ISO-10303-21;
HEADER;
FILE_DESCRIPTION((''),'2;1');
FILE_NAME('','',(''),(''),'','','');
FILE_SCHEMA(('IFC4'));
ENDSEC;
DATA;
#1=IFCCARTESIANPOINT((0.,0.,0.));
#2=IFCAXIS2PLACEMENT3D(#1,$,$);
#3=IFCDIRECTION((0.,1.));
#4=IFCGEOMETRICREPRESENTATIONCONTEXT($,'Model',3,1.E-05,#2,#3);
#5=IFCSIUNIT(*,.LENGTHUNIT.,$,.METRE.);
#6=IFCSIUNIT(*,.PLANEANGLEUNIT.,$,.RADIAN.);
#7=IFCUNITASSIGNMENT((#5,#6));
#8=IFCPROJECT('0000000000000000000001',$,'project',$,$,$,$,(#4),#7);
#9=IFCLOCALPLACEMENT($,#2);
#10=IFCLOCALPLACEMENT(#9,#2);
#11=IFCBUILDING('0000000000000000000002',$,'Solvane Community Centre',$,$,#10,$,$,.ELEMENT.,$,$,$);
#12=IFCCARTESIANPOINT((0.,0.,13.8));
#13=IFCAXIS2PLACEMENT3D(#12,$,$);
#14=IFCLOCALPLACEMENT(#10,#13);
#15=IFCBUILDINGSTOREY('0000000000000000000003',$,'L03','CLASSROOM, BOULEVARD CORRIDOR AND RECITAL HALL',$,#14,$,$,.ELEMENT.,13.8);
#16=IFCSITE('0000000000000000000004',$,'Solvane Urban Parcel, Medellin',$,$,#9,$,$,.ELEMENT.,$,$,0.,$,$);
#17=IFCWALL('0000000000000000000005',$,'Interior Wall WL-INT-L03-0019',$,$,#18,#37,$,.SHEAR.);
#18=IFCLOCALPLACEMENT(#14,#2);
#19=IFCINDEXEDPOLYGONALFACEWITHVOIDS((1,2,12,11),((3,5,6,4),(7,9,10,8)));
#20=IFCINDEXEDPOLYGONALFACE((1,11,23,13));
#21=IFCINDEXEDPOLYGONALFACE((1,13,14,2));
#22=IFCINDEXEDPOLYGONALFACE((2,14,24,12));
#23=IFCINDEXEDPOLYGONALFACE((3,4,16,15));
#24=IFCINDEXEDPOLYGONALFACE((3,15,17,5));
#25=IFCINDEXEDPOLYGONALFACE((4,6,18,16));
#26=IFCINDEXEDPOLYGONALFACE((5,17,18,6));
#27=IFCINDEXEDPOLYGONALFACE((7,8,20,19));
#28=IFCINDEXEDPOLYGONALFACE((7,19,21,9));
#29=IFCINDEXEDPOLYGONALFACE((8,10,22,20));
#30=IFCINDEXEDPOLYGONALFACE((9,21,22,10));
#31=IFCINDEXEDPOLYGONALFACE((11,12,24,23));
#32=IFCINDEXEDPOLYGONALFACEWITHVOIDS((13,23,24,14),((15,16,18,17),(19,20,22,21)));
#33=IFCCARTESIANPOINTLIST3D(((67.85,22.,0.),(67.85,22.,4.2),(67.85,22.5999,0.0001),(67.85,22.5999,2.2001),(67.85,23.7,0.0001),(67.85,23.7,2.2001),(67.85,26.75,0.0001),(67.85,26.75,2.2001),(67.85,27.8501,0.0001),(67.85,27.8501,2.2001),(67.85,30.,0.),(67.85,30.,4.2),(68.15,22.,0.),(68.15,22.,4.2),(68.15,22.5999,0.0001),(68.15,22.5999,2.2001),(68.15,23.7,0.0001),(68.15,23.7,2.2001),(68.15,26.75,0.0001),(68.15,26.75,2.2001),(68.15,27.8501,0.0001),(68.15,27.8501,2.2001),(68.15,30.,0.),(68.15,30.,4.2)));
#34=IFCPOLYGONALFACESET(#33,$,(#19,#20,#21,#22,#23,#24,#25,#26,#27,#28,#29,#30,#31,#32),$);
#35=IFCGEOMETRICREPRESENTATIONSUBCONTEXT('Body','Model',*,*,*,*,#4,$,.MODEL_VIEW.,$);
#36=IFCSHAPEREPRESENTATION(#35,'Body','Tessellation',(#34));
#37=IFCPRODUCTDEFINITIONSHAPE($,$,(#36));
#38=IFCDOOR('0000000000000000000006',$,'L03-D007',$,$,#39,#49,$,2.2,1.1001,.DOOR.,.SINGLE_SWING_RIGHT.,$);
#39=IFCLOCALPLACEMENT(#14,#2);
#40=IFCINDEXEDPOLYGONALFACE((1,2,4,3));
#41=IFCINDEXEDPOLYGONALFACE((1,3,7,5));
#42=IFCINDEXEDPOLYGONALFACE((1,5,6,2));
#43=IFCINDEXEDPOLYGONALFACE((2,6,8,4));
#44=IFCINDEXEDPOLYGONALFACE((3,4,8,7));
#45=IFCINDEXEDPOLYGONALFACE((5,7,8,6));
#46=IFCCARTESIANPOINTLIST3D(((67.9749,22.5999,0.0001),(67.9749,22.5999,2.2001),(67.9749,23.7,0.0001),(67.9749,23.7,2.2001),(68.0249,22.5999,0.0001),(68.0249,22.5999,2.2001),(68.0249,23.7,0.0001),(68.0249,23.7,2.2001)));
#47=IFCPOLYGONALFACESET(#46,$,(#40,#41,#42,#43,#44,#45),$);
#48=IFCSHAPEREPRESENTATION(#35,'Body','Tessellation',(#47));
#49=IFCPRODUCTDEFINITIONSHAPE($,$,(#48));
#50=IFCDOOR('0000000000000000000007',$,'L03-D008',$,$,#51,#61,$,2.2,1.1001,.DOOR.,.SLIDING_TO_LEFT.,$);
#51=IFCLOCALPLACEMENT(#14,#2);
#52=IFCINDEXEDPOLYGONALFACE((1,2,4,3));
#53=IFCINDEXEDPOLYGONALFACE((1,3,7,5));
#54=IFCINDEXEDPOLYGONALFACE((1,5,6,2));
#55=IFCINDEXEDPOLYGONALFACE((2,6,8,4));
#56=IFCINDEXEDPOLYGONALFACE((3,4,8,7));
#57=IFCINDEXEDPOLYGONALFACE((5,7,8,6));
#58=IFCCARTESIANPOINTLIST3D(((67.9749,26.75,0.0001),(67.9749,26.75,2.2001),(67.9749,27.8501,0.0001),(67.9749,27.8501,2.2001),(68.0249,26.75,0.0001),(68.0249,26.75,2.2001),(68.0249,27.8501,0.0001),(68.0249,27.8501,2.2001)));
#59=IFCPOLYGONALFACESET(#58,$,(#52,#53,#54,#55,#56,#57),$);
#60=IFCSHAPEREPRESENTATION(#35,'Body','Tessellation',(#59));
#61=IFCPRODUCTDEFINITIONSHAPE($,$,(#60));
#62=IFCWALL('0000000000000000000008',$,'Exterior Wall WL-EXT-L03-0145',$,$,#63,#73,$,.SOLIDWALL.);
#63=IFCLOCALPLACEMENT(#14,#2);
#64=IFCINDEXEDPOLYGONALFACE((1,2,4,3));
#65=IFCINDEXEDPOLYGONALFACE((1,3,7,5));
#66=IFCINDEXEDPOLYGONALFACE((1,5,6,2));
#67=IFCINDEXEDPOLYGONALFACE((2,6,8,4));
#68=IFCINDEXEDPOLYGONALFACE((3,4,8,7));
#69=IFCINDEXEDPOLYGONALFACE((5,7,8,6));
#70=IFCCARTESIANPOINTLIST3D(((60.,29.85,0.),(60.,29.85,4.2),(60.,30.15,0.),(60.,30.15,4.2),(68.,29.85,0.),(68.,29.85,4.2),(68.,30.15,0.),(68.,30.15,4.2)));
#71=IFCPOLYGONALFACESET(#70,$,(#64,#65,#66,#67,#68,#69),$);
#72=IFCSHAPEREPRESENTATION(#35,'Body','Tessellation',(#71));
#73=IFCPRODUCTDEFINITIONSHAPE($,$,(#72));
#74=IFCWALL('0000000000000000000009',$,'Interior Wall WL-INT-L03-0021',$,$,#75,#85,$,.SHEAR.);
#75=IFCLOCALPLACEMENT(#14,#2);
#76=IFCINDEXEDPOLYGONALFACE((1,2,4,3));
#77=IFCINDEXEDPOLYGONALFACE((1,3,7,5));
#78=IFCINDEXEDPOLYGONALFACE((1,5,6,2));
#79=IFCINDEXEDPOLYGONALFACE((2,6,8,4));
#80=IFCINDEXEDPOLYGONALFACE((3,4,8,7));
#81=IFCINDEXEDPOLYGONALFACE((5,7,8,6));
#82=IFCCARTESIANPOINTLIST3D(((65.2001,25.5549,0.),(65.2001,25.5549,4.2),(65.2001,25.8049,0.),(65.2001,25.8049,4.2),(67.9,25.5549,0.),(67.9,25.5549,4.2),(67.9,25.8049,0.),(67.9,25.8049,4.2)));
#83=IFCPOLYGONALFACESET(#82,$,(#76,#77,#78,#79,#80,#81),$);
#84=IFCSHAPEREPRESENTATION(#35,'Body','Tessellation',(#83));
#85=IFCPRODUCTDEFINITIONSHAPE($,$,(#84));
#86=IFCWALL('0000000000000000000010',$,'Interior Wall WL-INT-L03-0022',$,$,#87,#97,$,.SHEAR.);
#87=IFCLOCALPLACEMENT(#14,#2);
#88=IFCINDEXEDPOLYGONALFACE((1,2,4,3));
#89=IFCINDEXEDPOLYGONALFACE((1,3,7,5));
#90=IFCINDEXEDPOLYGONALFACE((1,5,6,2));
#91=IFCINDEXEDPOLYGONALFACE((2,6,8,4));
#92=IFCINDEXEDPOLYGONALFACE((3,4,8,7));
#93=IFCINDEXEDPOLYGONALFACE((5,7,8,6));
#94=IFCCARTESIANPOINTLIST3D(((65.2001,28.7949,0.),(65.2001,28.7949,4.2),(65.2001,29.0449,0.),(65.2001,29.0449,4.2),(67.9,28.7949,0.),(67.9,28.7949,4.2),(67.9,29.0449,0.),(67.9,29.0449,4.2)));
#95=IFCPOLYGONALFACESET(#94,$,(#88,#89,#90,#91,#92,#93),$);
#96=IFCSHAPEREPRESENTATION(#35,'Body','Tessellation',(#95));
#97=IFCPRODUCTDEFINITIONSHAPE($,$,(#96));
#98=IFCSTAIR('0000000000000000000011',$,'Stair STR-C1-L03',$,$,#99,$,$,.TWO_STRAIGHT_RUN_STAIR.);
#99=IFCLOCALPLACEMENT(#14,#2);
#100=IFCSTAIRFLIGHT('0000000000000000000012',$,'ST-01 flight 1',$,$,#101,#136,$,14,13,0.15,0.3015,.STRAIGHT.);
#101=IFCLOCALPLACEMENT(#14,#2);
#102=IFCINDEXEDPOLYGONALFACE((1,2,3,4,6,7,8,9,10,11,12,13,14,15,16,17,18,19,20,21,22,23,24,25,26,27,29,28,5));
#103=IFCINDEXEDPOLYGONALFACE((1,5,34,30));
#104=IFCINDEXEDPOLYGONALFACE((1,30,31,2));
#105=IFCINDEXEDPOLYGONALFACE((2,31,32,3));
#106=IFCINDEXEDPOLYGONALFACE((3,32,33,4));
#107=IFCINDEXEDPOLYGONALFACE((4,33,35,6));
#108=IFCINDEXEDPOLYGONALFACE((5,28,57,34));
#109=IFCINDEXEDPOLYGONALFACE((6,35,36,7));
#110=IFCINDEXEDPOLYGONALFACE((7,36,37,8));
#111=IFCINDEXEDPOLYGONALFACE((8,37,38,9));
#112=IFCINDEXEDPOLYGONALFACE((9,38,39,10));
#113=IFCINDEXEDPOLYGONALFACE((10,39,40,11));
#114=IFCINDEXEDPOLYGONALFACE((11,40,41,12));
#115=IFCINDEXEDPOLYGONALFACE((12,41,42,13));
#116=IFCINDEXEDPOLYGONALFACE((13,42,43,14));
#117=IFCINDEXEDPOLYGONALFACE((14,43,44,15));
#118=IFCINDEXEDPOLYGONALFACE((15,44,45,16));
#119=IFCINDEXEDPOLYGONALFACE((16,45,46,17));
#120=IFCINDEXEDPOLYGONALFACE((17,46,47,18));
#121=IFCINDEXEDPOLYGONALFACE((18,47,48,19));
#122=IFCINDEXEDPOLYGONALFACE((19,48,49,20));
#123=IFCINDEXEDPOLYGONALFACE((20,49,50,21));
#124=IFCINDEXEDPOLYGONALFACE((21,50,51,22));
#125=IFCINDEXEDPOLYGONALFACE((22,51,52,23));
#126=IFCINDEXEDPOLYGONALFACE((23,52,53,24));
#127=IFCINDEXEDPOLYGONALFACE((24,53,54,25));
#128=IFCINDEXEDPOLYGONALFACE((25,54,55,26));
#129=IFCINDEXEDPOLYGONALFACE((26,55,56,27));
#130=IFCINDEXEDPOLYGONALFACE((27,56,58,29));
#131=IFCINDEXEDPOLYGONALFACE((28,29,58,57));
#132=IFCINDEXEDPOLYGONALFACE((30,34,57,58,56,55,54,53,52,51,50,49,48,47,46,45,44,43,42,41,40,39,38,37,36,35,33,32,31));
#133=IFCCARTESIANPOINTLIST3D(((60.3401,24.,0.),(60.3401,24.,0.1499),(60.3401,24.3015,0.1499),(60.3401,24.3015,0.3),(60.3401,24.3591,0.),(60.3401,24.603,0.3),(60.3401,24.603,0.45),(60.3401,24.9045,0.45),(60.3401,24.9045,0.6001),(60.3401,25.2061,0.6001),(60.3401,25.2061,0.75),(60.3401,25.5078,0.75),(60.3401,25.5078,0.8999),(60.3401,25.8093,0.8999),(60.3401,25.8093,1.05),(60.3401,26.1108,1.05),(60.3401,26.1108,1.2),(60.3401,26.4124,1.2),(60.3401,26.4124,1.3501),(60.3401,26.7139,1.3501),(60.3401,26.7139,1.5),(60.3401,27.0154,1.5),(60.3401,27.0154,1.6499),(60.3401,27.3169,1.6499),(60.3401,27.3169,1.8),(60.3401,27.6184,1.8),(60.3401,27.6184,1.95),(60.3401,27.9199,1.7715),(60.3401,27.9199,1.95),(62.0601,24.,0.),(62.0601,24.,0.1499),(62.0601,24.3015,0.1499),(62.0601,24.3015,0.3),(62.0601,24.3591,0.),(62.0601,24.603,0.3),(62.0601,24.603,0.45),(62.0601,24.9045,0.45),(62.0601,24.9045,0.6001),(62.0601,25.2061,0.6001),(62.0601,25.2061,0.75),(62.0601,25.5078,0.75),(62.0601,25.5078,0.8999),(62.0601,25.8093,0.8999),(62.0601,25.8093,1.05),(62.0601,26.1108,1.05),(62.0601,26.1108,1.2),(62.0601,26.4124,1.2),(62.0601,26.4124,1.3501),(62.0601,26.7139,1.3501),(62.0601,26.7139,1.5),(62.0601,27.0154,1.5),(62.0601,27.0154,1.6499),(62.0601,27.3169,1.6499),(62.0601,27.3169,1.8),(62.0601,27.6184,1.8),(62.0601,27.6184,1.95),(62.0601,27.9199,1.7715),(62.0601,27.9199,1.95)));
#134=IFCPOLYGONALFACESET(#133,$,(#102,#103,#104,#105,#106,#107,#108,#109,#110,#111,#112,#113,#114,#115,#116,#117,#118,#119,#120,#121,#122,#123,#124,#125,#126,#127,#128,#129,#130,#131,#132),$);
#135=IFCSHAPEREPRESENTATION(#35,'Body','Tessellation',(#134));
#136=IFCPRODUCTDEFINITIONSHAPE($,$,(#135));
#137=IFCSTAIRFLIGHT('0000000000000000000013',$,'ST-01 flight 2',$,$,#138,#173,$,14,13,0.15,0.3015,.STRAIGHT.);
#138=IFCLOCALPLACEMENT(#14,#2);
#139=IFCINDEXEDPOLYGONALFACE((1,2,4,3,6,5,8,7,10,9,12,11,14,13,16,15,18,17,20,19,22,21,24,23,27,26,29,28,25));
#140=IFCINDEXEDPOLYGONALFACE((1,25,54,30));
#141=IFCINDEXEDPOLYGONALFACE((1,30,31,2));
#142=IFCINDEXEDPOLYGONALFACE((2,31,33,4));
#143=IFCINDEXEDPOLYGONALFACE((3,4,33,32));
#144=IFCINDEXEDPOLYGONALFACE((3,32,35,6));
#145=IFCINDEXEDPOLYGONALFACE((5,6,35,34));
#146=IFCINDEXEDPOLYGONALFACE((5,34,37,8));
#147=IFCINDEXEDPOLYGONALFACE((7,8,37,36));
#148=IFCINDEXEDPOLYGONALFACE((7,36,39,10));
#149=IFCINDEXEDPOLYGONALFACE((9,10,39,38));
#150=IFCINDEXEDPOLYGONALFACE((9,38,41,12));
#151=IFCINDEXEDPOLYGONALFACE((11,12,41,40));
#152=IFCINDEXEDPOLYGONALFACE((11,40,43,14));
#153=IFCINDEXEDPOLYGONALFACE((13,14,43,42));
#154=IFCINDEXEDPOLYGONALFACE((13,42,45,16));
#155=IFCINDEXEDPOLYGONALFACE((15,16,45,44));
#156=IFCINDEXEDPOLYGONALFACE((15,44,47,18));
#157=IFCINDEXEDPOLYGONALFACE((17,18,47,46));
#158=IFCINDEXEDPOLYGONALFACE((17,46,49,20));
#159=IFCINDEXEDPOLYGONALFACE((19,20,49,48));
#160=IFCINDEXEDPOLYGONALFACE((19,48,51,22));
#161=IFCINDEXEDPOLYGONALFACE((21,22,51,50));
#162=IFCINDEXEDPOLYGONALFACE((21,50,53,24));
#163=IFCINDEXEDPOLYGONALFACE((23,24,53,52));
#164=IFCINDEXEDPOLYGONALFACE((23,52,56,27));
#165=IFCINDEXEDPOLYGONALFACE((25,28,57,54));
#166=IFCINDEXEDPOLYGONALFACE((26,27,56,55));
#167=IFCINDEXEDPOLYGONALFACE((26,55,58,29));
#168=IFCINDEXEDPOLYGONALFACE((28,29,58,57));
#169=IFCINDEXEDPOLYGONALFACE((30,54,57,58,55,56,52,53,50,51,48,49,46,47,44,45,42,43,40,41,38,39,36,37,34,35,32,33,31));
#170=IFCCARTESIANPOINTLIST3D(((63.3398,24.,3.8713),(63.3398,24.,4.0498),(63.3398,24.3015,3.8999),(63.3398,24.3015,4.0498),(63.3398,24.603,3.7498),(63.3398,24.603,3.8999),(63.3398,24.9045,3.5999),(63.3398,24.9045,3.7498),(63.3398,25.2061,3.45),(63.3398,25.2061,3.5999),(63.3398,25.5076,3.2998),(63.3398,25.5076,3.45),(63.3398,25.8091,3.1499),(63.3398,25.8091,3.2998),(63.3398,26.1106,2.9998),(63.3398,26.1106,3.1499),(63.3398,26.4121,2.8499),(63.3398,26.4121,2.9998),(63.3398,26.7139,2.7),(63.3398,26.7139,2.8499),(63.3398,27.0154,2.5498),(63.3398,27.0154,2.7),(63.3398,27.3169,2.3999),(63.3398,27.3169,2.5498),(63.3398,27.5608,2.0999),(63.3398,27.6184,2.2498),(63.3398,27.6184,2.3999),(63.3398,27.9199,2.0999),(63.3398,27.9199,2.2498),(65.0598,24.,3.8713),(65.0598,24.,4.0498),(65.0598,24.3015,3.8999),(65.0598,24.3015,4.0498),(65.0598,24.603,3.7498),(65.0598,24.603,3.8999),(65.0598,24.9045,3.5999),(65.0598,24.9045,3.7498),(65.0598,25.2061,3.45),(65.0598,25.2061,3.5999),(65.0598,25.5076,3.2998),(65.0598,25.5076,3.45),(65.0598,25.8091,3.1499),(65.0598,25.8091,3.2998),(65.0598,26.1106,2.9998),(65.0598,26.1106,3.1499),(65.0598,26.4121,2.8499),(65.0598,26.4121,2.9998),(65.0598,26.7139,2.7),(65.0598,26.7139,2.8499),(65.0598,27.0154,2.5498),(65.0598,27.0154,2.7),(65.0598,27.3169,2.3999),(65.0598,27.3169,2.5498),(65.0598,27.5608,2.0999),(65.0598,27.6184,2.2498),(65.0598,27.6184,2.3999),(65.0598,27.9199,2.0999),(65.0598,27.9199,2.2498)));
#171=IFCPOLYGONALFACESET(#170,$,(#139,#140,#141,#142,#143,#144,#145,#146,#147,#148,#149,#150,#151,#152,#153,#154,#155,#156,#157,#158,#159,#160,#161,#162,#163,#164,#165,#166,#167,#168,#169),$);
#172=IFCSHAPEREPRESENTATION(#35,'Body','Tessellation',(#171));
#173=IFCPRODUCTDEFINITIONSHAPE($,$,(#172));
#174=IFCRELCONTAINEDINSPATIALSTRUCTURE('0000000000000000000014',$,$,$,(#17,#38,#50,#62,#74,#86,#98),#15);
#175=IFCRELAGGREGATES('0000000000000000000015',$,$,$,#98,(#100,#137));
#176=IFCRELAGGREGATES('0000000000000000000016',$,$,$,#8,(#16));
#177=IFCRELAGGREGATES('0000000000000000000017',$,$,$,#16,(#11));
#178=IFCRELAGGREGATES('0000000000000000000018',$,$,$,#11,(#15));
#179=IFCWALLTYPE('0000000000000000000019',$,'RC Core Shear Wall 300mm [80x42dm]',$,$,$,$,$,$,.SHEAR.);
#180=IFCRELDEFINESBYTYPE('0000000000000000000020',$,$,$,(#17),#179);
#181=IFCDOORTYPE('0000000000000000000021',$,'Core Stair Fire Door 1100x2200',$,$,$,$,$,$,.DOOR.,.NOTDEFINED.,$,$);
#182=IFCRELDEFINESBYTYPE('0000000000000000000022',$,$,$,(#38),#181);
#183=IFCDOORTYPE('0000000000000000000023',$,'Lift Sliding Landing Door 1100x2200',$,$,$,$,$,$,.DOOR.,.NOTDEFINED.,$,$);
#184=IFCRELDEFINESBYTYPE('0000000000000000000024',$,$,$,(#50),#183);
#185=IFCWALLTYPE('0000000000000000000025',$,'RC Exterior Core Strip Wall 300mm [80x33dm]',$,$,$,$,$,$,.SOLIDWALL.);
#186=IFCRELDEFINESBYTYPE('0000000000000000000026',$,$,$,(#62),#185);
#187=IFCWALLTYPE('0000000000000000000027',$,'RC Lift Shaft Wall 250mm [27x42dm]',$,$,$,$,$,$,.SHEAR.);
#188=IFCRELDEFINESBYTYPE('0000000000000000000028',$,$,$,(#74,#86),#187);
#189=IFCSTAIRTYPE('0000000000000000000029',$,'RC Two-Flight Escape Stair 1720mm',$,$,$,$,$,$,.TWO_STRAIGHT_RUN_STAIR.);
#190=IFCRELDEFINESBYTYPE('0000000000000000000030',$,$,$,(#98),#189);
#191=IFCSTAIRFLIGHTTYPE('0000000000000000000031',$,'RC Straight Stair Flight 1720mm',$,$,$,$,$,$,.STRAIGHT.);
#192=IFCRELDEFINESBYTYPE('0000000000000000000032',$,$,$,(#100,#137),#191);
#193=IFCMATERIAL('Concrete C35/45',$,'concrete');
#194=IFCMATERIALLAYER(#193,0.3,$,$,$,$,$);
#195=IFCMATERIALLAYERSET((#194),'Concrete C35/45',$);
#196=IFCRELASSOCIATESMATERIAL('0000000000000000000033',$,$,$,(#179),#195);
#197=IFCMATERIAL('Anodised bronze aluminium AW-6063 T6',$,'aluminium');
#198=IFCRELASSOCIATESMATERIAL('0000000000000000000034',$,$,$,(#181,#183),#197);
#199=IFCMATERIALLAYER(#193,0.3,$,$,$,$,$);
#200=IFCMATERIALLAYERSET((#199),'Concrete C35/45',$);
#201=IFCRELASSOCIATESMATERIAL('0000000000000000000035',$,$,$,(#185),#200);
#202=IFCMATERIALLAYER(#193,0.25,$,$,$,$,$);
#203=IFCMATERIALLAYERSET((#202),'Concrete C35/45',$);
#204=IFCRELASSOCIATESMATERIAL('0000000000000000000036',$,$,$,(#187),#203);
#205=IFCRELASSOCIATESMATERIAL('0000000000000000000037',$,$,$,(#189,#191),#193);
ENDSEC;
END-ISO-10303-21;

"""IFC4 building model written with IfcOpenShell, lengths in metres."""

from ifc_helpers import new_model, si_unit, direction, frame, frame_2d, origin, place, context, subcontext, project, spatial, polyline, rectangle, outline, extrude, material, layer, layer_set, type_object, element, fill, aggregate, save


model = new_model("IFC4")

# Units and contexts
model_context = context("Model", 3, precision=1e-05, world=origin(), true_north=direction((0.0, 1.0)))
body_context = subcontext(model_context, "Body", "Model", "MODEL_VIEW")
ifc_project = project(units=[si_unit("LENGTHUNIT", "METRE"), si_unit("PLANEANGLEUNIT", "RADIAN")], contexts=[model_context])

# Site, building, storey
site_placement = place(None, origin())
site = spatial("IfcSite", under=ifc_project, at=site_placement, Name="Solvane Urban Parcel, Medellin", CompositionType="ELEMENT", RefElevation=0.0)
building_placement = place(site_placement, origin())
building = spatial("IfcBuilding", under=site, at=building_placement, Name="Solvane Community Centre", CompositionType="ELEMENT")
storey_placement = place(building_placement, frame((0.0, 0.0, 13.8)))
storey = spatial("IfcBuildingStorey", under=building, at=storey_placement, Name="L03", Description="CLASSROOM, BOULEVARD CORRIDOR AND RECITAL HALL", CompositionType="ELEMENT", Elevation=13.8)

# Shared definitions
ifc_material_1 = material(Name="Anodised bronze aluminium AW-6063 T6", Category="aluminium")

# Wall, openings, doors
ifc_material_2 = material(Name="Concrete C35/45", Category="concrete")
ifc_layer_1 = layer(ifc_material_2, 0.3)
ifc_layer_set_1 = layer_set([ifc_layer_1], Name="Concrete C35/45")
wall_type_1 = type_object("IfcWallType", Name="RC Core Shear Wall 300mm [80x42dm]", PredefinedType="SHEAR", material=ifc_layer_set_1)
wall_1_placement = place(storey_placement, frame((68.0, 30.0, 0.0), z_axis=(0.0, 0.0, 1.0), x_axis=(0.0, -1.0, 0.0)))
wall_1 = element("IfcWall", 1, at=wall_1_placement, inside=storey, type_object=wall_type_1, Name="Interior Wall WL-INT-L03-0019", PredefinedType="SHEAR", context=body_context, shape_type="SweptSolid", body=[
    extrude(rectangle(XDim=8.0, YDim=0.3, at=frame_2d((4.0, 0.0))), origin(), (0.0, 0.0, 1.0), 4.2),
])
opening_1_placement = place(wall_1_placement, frame((6.3, 0.0, 0.0)))
opening_1 = element("IfcOpeningElement", 2, at=opening_1_placement, cuts=wall_1, PredefinedType="OPENING", context=body_context, shape_type="SweptSolid", body=[
    extrude(rectangle(XDim=1.1001, YDim=2.2, at=frame_2d((0.55, 1.1001))), frame((0.0, 0.1599, 0.0), z_axis=(0.0, -1.0, 0.0), x_axis=(1.0, 0.0, 0.0)), (0.0, 0.0, 1.0), 0.3201),
])
opening_2_placement = place(wall_1_placement, frame((2.1499, 0.0, 0.0)))
opening_2 = element("IfcOpeningElement", 3, at=opening_2_placement, cuts=wall_1, PredefinedType="OPENING", context=body_context, shape_type="SweptSolid", body=[
    extrude(rectangle(XDim=1.1001, YDim=2.2, at=frame_2d((0.55, 1.1001))), frame((0.0, 0.1599, 0.0), z_axis=(0.0, -1.0, 0.0), x_axis=(1.0, 0.0, 0.0)), (0.0, 0.0, 1.0), 0.3201),
])
door_type_1 = type_object("IfcDoorType", Name="Core Stair Fire Door 1100x2200", OperationType="NOTDEFINED", PredefinedType="DOOR", material=ifc_material_1)
door_1_placement = place(opening_1_placement, origin())
door_1 = element("IfcDoor", 4, at=door_1_placement, inside=storey, type_object=door_type_1, Name="L03-D007", OperationType="SINGLE_SWING_RIGHT", OverallHeight=2.2, OverallWidth=1.1001, PredefinedType="DOOR", context=body_context, shape_type="SweptSolid", body=[
    extrude(rectangle(XDim=1.1001, YDim=2.2, at=frame_2d((0.55, 1.1001))), frame((0.0, 0.0249, 0.0), z_axis=(0.0, -1.0, 0.0), x_axis=(1.0, 0.0, 0.0)), (0.0, 0.0, 1.0), 0.05),
])
fill(opening_1, door_1)
door_type_2 = type_object("IfcDoorType", Name="Lift Sliding Landing Door 1100x2200", OperationType="NOTDEFINED", PredefinedType="DOOR", material=ifc_material_1)
door_2_placement = place(opening_2_placement, origin())
door_2 = element("IfcDoor", 5, at=door_2_placement, inside=storey, type_object=door_type_2, Name="L03-D008", OperationType="SLIDING_TO_LEFT", OverallHeight=2.2, OverallWidth=1.1001, PredefinedType="DOOR", context=body_context, shape_type="SweptSolid", body=[
    extrude(rectangle(XDim=1.1001, YDim=2.2, at=frame_2d((0.55, 1.1001))), frame((0.0, 0.0249, 0.0), z_axis=(0.0, -1.0, 0.0), x_axis=(1.0, 0.0, 0.0)), (0.0, 0.0, 1.0), 0.05),
])
fill(opening_2, door_2)

# Walls
ifc_layer_2 = layer(ifc_material_2, 0.3)
ifc_layer_set_2 = layer_set([ifc_layer_2], Name="Concrete C35/45")
wall_type_2 = type_object("IfcWallType", Name="RC Exterior Core Strip Wall 300mm [80x33dm]", PredefinedType="SOLIDWALL", material=ifc_layer_set_2)
wall_2_placement = place(storey_placement, frame((60.0, 30.0, 0.0), z_axis=(0.0, 0.0, 1.0), x_axis=(1.0, 0.0, 0.0)))
element("IfcWall", 6, at=wall_2_placement, inside=storey, type_object=wall_type_2, Name="Exterior Wall WL-EXT-L03-0145", PredefinedType="SOLIDWALL", context=body_context, shape_type="SweptSolid", body=[
    extrude(rectangle(XDim=8.0, YDim=0.3, at=frame_2d((4.0, 0.0))), origin(), (0.0, 0.0, 1.0), 4.2),
])
ifc_layer_3 = layer(ifc_material_2, 0.25)
ifc_layer_set_3 = layer_set([ifc_layer_3], Name="Concrete C35/45")
wall_type_3 = type_object("IfcWallType", Name="RC Lift Shaft Wall 250mm [27x42dm]", PredefinedType="SHEAR", material=ifc_layer_set_3)
for number, where, z_axis, x_axis, name in (
    (7, (65.2, 25.6799, 0.0), (0.0, 0.0, 1.0), (1.0, 0.0, 0.0), "Interior Wall WL-INT-L03-0021"),
    (8, (65.2, 28.9199, 0.0), (0.0, 0.0, 1.0), (1.0, 0.0, 0.0), "Interior Wall WL-INT-L03-0022"),
):
    element("IfcWall", number, at=place(storey_placement, frame(where, z_axis=z_axis, x_axis=x_axis)), inside=storey, type_object=wall_type_3, Name=name, PredefinedType="SHEAR", context=body_context, shape_type="SweptSolid", body=[
        extrude(rectangle(XDim=2.7, YDim=0.25, at=frame_2d((1.3501, 0.0))), origin(), (0.0, 0.0, 1.0), 4.2),
    ])

# Stair, stair flights
stair_type = type_object("IfcStairType", Name="RC Two-Flight Escape Stair 1720mm", PredefinedType="TWO_STRAIGHT_RUN_STAIR", material=ifc_material_2)
stair_placement = place(storey_placement, origin())
stair = element("IfcStair", 9, at=stair_placement, inside=storey, type_object=stair_type, Name="Stair STR-C1-L03", PredefinedType="TWO_STRAIGHT_RUN_STAIR")
stair_flight_type = type_object("IfcStairFlightType", Name="RC Straight Stair Flight 1720mm", PredefinedType="STRAIGHT", material=ifc_material_2)
stair_flight_1_placement = place(storey_placement, frame((61.2, 24.0, 0.0), z_axis=(0.0, 0.0, 1.0), x_axis=(0.0, 1.0, 0.0)))
stair_flight_1 = element("IfcStairFlight", 10, at=stair_flight_1_placement, type_object=stair_flight_type, Name="ST-01 flight 1", NumberOfRisers=14, NumberOfTreads=13, PredefinedType="STRAIGHT", RiserHeight=0.15, TreadLength=0.3015, context=body_context, shape_type="SweptSolid", body=[
    extrude(outline(polyline([(0.0, 0.0), (0.0, 0.1499), (0.3015, 0.1499), (0.3015, 0.3), (0.603, 0.3), (0.603, 0.45), (0.9045, 0.45), (0.9045, 0.6001), (1.2061, 0.6001), (1.2061, 0.75), (1.5078, 0.75), (1.5078, 0.8999), (1.8093, 0.8999), (1.8093, 1.05), (2.1108, 1.05), (2.1108, 1.2), (2.4124, 1.2), (2.4124, 1.3501), (2.7139, 1.3501), (2.7139, 1.5), (3.0154, 1.5), (3.0154, 1.6499), (3.3169, 1.6499), (3.3169, 1.8), (3.6184, 1.8), (3.6184, 1.95), (3.9199, 1.95), (3.9199, 2.1001), (3.9199, 1.7715), (0.3591, 0.0), (0.0, 0.0)])), frame((0.0, 0.8599, 0.0), z_axis=(0.0, -1.0, 0.0), x_axis=(1.0, 0.0, 0.0)), (0.0, 0.0, 1.0), 1.72),
])
stair_flight_2_placement = place(storey_placement, frame((64.2, 27.9199, 2.0999), z_axis=(0.0, 0.0, 1.0), x_axis=(0.0, -1.0, 0.0)))
stair_flight_2 = element("IfcStairFlight", 11, at=stair_flight_2_placement, type_object=stair_flight_type, Name="ST-01 flight 2", NumberOfRisers=14, NumberOfTreads=13, PredefinedType="STRAIGHT", RiserHeight=0.15, TreadLength=0.3015, context=body_context, shape_type="SweptSolid", body=[
    extrude(outline(polyline([(0.0, 0.0), (0.0, 0.1499), (0.3015, 0.1499), (0.3015, 0.3), (0.603, 0.3), (0.603, 0.45), (0.9045, 0.45), (0.9045, 0.6001), (1.2061, 0.6001), (1.2061, 0.75), (1.5078, 0.75), (1.5078, 0.8999), (1.8093, 0.8999), (1.8093, 1.05), (2.1108, 1.05), (2.1108, 1.2), (2.4124, 1.2), (2.4124, 1.3501), (2.7139, 1.3501), (2.7139, 1.5), (3.0154, 1.5), (3.0154, 1.6499), (3.3169, 1.6499), (3.3169, 1.8), (3.6184, 1.8), (3.6184, 1.95), (3.9199, 1.95), (3.9199, 2.1001), (3.9199, 1.7715), (0.3591, 0.0), (0.0, 0.0)])), frame((0.0, 0.8599, 0.0), z_axis=(0.0, -1.0, 0.0), x_axis=(1.0, 0.0, 0.0)), (0.0, 0.0, 1.0), 1.72),
])
aggregate(stair, [stair_flight_1, stair_flight_2])

save(model, "model.ifc")
